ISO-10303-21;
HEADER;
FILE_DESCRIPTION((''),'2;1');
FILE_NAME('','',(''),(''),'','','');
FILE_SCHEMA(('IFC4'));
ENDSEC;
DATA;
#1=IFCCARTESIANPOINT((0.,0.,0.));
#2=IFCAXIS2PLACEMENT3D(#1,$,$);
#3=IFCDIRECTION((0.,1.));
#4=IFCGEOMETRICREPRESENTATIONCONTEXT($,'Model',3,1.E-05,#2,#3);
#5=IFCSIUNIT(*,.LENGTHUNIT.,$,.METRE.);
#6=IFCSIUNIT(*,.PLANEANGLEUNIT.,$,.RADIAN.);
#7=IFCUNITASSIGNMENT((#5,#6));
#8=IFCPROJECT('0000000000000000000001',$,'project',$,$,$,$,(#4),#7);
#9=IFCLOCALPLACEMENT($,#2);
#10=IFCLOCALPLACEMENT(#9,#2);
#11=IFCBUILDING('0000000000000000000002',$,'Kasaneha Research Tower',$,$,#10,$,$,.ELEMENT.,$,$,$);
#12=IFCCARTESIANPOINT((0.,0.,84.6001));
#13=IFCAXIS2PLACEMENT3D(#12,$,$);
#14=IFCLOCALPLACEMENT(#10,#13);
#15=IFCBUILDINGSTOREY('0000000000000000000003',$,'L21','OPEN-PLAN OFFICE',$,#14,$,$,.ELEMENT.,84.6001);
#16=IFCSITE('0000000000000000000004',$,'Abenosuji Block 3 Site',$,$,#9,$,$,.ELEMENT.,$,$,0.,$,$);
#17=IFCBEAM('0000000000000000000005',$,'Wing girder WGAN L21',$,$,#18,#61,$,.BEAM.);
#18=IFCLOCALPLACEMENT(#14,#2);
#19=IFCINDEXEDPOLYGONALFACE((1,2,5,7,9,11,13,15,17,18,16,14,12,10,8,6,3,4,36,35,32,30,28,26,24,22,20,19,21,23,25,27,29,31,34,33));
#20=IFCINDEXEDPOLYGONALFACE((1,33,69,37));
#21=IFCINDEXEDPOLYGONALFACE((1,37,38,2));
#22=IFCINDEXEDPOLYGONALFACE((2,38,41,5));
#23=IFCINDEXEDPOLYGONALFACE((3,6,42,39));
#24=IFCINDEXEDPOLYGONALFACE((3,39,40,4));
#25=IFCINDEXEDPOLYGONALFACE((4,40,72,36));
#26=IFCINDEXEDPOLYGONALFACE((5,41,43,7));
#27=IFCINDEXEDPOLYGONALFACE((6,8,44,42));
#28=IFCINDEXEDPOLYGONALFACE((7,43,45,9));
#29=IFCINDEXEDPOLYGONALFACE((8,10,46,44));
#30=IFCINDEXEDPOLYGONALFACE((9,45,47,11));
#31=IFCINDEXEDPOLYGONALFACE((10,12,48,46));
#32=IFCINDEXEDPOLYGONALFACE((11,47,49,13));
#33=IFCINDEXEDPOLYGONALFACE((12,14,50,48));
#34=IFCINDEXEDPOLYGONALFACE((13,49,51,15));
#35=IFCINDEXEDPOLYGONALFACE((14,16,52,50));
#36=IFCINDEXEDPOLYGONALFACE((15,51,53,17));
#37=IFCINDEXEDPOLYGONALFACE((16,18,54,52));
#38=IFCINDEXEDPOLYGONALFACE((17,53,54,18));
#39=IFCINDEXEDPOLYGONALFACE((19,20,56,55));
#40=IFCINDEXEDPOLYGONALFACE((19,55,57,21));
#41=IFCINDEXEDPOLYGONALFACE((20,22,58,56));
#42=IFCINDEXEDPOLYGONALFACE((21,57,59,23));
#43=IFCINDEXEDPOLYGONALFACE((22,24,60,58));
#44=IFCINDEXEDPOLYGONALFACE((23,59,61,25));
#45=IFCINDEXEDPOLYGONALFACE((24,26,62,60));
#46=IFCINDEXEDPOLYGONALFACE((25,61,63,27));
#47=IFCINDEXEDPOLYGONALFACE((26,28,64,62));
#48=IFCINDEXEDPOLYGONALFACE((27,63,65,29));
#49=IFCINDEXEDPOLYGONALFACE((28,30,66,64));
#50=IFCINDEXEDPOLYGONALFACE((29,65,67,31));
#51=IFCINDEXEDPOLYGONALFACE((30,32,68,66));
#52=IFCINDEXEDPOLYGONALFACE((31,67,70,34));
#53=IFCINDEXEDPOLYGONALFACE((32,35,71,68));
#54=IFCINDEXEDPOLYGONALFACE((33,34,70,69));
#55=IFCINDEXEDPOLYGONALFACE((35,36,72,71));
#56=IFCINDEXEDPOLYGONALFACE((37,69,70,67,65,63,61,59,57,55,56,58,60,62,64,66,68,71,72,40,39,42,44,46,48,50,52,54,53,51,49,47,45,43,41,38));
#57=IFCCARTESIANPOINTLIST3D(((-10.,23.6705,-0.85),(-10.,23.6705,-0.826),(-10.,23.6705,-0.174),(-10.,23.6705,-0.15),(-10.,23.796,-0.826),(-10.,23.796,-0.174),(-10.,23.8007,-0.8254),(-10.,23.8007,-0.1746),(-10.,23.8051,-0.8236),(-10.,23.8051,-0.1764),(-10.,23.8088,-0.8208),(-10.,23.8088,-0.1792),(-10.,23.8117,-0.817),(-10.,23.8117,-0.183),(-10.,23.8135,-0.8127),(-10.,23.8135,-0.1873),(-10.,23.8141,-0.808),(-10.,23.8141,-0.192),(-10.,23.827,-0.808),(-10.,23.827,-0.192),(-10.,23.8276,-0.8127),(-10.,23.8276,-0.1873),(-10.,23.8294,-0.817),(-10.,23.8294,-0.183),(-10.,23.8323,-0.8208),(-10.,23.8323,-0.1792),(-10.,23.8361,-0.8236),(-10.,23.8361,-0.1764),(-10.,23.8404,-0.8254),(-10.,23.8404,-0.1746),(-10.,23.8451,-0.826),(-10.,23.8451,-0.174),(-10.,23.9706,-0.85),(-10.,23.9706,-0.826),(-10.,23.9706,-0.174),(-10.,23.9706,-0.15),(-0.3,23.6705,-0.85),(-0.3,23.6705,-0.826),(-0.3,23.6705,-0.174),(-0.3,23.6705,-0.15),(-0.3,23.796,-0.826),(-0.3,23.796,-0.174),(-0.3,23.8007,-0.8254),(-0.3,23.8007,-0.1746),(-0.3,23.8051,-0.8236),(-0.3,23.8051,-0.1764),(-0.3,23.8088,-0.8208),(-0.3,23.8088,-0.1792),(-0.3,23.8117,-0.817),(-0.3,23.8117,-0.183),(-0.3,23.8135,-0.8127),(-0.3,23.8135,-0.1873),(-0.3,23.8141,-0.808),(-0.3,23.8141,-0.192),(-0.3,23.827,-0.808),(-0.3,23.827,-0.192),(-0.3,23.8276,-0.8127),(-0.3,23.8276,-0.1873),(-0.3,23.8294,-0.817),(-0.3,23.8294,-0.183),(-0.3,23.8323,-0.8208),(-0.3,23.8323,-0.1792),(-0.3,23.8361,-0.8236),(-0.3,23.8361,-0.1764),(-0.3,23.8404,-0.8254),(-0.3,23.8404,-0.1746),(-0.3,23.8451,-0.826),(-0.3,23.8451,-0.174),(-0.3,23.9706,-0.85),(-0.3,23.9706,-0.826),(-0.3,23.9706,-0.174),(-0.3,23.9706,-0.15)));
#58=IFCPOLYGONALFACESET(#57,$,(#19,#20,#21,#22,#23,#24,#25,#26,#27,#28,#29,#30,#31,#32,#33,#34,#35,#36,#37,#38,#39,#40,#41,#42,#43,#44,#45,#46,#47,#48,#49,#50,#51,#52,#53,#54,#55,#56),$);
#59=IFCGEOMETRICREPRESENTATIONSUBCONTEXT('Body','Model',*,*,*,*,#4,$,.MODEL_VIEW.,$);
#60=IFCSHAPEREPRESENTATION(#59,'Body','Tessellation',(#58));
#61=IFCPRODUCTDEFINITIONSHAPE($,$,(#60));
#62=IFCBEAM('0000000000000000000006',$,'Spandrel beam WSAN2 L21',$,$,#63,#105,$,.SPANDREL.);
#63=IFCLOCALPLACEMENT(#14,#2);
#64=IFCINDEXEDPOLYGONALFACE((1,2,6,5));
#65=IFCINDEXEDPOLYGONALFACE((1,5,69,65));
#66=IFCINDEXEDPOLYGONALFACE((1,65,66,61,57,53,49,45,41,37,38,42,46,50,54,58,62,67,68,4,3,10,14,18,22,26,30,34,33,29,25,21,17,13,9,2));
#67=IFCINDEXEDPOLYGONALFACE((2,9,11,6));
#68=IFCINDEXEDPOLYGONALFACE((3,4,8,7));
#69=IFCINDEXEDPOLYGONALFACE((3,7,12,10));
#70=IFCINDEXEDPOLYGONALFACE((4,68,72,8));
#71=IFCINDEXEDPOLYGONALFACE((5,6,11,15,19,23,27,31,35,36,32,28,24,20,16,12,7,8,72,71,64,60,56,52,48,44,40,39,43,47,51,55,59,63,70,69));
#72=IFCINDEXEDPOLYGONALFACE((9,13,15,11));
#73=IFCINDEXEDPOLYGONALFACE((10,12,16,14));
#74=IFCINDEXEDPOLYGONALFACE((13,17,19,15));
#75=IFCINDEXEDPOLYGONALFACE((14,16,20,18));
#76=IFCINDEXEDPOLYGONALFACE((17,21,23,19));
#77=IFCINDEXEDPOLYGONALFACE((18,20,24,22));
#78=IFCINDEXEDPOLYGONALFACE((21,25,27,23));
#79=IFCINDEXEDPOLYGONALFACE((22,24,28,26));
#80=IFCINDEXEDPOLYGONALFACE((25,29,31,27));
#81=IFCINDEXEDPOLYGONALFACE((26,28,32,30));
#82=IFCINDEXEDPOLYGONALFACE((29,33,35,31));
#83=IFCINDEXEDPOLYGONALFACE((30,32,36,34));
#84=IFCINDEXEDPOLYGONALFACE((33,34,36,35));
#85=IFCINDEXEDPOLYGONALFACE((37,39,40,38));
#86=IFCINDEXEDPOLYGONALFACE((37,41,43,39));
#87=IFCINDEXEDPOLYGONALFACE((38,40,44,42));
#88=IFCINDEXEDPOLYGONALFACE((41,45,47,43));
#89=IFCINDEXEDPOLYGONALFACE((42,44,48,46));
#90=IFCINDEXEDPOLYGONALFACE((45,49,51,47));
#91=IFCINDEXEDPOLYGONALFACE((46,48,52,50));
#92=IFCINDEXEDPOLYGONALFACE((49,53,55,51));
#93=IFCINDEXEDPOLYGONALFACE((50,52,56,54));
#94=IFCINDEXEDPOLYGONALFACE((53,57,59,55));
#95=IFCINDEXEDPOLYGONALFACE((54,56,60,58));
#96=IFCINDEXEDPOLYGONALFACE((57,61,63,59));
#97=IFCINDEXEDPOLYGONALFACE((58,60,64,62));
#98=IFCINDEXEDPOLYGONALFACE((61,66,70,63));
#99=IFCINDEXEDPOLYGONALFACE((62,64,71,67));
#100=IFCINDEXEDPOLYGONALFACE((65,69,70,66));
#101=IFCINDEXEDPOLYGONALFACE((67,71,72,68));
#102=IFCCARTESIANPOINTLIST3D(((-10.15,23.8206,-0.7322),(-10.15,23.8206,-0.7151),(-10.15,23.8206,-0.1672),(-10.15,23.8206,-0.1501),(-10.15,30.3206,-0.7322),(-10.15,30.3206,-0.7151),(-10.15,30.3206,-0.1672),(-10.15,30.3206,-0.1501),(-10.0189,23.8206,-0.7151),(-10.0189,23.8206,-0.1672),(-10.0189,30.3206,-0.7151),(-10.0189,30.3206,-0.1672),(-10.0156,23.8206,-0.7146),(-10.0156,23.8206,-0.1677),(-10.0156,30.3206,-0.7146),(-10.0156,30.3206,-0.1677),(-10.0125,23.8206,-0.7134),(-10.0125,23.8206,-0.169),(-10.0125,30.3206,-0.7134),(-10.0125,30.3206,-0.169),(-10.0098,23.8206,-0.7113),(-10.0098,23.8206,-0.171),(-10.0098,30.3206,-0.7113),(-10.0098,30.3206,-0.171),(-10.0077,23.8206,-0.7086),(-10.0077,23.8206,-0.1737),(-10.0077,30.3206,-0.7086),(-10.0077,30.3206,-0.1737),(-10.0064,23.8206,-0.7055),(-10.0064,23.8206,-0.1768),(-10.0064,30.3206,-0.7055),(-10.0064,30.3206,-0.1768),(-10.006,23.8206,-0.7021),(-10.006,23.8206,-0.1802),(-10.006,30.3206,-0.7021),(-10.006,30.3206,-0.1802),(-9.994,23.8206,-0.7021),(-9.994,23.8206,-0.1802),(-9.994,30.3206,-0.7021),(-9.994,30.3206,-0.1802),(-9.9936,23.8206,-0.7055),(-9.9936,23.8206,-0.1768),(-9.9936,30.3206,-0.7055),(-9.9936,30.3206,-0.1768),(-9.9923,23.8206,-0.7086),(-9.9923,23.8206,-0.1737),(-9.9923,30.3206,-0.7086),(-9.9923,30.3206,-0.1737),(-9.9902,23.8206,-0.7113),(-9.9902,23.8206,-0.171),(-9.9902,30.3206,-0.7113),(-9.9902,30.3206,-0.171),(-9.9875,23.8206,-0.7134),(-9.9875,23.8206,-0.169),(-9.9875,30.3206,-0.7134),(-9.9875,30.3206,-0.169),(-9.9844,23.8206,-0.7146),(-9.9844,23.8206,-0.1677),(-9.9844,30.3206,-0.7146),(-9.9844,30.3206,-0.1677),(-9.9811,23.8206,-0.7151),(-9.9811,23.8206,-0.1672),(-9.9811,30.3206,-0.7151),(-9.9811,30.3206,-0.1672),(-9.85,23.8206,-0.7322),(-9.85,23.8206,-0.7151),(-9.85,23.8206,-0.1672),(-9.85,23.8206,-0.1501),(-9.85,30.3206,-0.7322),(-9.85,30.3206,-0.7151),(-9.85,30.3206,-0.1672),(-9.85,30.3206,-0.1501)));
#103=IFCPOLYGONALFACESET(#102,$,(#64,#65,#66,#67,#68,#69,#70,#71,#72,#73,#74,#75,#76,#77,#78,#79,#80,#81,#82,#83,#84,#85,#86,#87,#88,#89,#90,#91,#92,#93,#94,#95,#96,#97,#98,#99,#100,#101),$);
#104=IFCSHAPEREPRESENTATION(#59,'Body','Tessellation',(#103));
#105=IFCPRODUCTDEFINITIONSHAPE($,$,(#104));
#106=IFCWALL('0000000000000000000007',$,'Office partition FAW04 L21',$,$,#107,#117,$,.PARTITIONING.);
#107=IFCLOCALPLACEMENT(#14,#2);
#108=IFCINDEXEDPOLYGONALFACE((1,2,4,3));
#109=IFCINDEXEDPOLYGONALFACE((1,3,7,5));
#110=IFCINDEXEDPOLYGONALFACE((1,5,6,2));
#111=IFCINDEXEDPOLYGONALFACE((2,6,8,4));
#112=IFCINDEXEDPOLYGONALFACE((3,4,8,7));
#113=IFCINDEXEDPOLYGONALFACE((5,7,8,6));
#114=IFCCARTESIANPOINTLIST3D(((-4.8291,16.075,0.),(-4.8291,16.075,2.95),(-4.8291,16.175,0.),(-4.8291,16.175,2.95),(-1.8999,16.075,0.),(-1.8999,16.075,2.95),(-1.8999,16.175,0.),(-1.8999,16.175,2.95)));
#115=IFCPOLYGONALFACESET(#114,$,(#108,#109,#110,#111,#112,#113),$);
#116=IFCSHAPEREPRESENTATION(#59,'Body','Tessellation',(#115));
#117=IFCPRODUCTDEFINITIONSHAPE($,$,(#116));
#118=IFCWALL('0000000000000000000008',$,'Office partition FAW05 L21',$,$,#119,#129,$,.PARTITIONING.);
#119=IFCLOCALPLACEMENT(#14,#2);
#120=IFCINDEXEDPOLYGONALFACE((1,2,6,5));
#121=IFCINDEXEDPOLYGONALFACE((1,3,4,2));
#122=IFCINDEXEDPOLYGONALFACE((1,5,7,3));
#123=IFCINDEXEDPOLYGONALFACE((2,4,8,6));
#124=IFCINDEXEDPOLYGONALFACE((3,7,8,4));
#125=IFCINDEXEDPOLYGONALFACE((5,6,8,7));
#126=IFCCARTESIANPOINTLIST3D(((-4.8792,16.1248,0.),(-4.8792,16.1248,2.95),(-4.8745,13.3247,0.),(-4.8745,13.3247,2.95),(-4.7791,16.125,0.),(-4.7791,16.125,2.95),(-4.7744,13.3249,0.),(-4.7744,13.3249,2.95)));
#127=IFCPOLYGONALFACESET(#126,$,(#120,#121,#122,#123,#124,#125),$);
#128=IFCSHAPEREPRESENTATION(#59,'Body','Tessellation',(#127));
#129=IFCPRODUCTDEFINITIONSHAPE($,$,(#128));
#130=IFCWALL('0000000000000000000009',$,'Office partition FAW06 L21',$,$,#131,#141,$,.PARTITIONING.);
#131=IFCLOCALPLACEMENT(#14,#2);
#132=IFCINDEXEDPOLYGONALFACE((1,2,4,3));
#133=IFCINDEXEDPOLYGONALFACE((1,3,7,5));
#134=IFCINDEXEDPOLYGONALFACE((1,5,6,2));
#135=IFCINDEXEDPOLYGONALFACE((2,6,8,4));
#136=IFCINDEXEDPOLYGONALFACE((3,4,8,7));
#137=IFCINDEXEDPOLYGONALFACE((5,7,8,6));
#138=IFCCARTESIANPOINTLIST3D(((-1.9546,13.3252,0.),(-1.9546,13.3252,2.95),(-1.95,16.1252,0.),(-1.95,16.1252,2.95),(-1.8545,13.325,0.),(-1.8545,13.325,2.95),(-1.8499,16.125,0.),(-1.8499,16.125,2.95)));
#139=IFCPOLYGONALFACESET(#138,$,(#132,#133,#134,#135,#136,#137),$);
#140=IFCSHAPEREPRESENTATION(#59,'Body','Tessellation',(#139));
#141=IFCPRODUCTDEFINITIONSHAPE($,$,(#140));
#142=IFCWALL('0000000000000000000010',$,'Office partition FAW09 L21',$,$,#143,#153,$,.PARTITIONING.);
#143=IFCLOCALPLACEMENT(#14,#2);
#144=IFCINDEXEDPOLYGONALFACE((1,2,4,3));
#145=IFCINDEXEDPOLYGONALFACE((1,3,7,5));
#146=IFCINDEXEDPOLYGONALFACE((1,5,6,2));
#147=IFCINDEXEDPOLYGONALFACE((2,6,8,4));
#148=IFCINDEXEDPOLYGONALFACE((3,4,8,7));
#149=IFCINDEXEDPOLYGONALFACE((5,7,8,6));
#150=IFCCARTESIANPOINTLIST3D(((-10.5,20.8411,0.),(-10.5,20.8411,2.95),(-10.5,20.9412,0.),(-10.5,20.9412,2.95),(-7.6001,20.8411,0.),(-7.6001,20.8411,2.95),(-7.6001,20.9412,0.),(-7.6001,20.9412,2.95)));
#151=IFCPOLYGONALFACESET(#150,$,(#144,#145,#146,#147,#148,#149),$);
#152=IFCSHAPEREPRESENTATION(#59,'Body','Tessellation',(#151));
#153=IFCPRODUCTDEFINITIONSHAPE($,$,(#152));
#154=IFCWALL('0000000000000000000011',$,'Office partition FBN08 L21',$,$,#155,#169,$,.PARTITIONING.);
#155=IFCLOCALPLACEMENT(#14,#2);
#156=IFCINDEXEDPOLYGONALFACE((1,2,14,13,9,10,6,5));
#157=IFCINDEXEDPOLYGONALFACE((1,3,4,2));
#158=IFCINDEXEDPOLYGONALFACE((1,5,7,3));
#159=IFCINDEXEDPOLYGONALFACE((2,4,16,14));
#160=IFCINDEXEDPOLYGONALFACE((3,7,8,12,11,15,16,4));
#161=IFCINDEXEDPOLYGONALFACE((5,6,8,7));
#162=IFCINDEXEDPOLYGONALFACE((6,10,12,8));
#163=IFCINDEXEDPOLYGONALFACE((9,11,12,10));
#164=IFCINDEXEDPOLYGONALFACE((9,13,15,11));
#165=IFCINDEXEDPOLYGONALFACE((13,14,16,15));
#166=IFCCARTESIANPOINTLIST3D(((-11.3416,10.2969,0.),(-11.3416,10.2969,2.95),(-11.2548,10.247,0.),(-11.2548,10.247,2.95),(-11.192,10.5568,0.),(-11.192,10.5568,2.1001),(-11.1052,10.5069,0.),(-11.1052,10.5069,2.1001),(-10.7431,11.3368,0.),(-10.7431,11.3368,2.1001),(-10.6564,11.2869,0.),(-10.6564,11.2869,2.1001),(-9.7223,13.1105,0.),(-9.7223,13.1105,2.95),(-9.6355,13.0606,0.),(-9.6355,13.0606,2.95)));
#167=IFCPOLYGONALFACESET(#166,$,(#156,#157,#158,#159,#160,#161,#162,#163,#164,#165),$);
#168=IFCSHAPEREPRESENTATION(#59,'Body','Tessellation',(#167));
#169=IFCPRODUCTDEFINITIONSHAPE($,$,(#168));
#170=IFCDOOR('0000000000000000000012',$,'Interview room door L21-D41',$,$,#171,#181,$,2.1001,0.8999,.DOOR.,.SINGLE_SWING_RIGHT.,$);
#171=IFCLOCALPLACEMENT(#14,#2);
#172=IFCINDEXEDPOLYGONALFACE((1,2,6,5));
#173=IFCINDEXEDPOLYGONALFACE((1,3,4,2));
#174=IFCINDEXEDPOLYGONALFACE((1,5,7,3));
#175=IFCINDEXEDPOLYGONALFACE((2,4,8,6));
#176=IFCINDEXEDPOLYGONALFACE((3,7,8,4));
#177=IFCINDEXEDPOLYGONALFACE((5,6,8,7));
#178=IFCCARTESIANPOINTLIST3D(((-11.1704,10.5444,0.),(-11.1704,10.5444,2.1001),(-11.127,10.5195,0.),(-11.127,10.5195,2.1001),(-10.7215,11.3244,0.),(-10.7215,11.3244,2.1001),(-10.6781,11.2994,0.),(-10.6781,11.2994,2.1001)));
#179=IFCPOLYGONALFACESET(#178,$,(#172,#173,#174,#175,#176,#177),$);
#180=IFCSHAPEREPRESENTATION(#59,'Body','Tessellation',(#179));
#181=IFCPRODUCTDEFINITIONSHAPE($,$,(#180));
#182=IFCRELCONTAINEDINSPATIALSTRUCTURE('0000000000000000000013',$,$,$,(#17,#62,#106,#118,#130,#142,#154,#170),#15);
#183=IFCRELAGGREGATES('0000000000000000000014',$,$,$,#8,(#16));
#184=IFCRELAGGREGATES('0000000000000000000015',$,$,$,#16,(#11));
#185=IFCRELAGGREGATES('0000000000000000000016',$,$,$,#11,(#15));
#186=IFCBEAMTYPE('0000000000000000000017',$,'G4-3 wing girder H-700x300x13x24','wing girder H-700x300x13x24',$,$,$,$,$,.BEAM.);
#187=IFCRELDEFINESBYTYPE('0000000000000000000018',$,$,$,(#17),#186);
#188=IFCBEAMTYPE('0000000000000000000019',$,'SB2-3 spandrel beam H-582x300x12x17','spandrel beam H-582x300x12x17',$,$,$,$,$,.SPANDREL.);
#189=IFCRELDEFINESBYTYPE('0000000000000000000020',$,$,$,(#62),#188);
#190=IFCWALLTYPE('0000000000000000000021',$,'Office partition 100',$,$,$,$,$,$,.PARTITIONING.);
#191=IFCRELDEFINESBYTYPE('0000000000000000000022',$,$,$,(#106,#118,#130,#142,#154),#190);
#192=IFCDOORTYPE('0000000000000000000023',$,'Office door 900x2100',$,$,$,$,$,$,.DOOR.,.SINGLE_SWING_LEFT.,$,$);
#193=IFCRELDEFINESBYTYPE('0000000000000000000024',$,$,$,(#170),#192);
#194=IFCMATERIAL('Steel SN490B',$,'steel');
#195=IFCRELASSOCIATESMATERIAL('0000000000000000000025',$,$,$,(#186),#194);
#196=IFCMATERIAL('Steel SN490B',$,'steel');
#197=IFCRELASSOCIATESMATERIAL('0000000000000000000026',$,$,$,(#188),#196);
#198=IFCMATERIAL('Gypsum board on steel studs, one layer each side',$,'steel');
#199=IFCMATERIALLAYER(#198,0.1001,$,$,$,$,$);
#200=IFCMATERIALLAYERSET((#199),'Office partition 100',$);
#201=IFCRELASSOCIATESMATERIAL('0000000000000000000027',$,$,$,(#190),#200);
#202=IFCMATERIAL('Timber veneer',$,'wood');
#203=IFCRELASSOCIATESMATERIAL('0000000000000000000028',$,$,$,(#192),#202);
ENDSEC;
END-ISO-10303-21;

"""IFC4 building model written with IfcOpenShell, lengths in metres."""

from ifc_helpers import new_model, si_unit, direction, frame, frame_2d, origin, origin_2d, place, context, subcontext, project, spatial, rectangle, i_section, extrude, material, layer, layer_set, material_profile, profile_set, type_object, element, fill, save


model = new_model("IFC4")

# Units and contexts
model_context = context("Model", 3, precision=1e-05, world=origin(), true_north=direction((0.0, 1.0)))
body_context = subcontext(model_context, "Body", "Model", "MODEL_VIEW")
ifc_project = project(units=[si_unit("LENGTHUNIT", "METRE"), si_unit("PLANEANGLEUNIT", "RADIAN")], contexts=[model_context])

# Site, building, storey
site_placement = place(None, origin())
site = spatial("IfcSite", under=ifc_project, at=site_placement, Name="Abenosuji Block 3 Site", CompositionType="ELEMENT", RefElevation=0.0)
building_placement = place(site_placement, origin())
building = spatial("IfcBuilding", under=site, at=building_placement, Name="Kasaneha Research Tower", CompositionType="ELEMENT")
storey_placement = place(building_placement, frame((0.0, 0.0, 84.6001)))
storey = spatial("IfcBuildingStorey", under=building, at=storey_placement, Name="L21", Description="OPEN-PLAN OFFICE", CompositionType="ELEMENT", Elevation=84.6001)

# Beams
ifc_material_1 = material(Name="Steel SN490B", Category="steel")
ifc_material_profile_1 = material_profile(ifc_material_1, i_section(OverallWidth=0.3, OverallDepth=0.7, WebThickness=0.0129, FlangeThickness=0.0239, FilletRadius=0.0181, at=origin_2d()), Name="H-700x300x13x24")
ifc_profile_set_1 = profile_set([ifc_material_profile_1], Name="Steel SN490B")
beam_type_1 = type_object("IfcBeamType", Name="G4-3 wing girder H-700x300x13x24", Description="wing girder H-700x300x13x24", PredefinedType="BEAM", material=ifc_profile_set_1)
beam_1_placement = place(storey_placement, frame((-10.0, 23.8206, -0.5), z_axis=(1.0, 0.0, 0.0), x_axis=(0.0, 1.0, 0.0)))
element("IfcBeam", 1, at=beam_1_placement, inside=storey, type_object=beam_type_1, Name="Wing girder WGAN L21", PredefinedType="BEAM", context=body_context, shape_type="SweptSolid", body=[
    extrude(i_section(OverallWidth=0.3, OverallDepth=0.7, WebThickness=0.0129, FlangeThickness=0.0239, FilletRadius=0.0181, at=origin_2d()), origin(), (0.0, 0.0, 1.0), 9.7),
])
ifc_material_2 = material(Name="Steel SN490B", Category="steel")
ifc_material_profile_2 = material_profile(ifc_material_2, i_section(OverallWidth=0.3, OverallDepth=0.582, WebThickness=0.012, FlangeThickness=0.0171, FilletRadius=0.0129, at=origin_2d()), Name="H-582x300x12x17")
ifc_profile_set_2 = profile_set([ifc_material_profile_2], Name="Steel SN490B")
beam_type_2 = type_object("IfcBeamType", Name="SB2-3 spandrel beam H-582x300x12x17", Description="spandrel beam H-582x300x12x17", PredefinedType="SPANDREL", material=ifc_profile_set_2)
beam_2_placement = place(storey_placement, frame((-10.0, 23.8206, -0.4412), z_axis=(0.0, 1.0, 0.0), x_axis=(-1.0, 0.0, 0.0)))
element("IfcBeam", 2, at=beam_2_placement, inside=storey, type_object=beam_type_2, Name="Spandrel beam WSAN2 L21", PredefinedType="SPANDREL", context=body_context, shape_type="SweptSolid", body=[
    extrude(i_section(OverallWidth=0.3, OverallDepth=0.582, WebThickness=0.012, FlangeThickness=0.0171, FilletRadius=0.0129, at=origin_2d()), origin(), (0.0, 0.0, 1.0), 6.5),
])

# Walls
ifc_material_3 = material(Name="Gypsum board on steel studs, one layer each side", Category="steel")
ifc_layer_1 = layer(ifc_material_3, 0.1001)
ifc_layer_set_1 = layer_set([ifc_layer_1], Name="Office partition 100")
wall_type_1 = type_object("IfcWallType", Name="Office partition 100", PredefinedType="PARTITIONING", material=ifc_layer_set_1)
wall_1_placement = place(storey_placement, frame((-4.8291, 16.125, 0.0), z_axis=(0.0, 0.0, 1.0), x_axis=(1.0, 0.0, 0.0)))
element("IfcWall", 3, at=wall_1_placement, inside=storey, type_object=wall_type_1, Name="Office partition FAW04 L21", PredefinedType="PARTITIONING", context=body_context, shape_type="SweptSolid", body=[
    extrude(rectangle(XDim=2.9292, YDim=0.1001, at=frame_2d((1.4646, 0.0))), origin(), (0.0, 0.0, 1.0), 2.95),
])
for number, where, z_axis, x_axis, name in (
    (4, (-4.8245, 13.325, 0.0), (0.0, 0.0, 1.0), (-0.001657, 0.999999, 0.0), "Office partition FAW05 L21"),
    (5, (-1.8999, 16.125, 0.0), (0.0, 0.0, 1.0), (-0.001657, -0.999999, 0.0), "Office partition FAW06 L21"),
):
    element("IfcWall", number, at=place(storey_placement, frame(where, z_axis=z_axis, x_axis=x_axis)), inside=storey, type_object=wall_type_1, Name=name, PredefinedType="PARTITIONING", context=body_context, shape_type="SweptSolid", body=[
        extrude(rectangle(XDim=2.8, YDim=0.1001, at=frame_2d((1.3999, 0.0))), origin(), (0.0, 0.0, 1.0), 2.95),
    ])
wall_2_placement = place(storey_placement, frame((-7.6001, 20.8911, 0.0), z_axis=(0.0, 0.0, 1.0), x_axis=(-1.0, 0.0, 0.0)))
element("IfcWall", 6, at=wall_2_placement, inside=storey, type_object=wall_type_1, Name="Office partition FAW09 L21", PredefinedType="PARTITIONING", context=body_context, shape_type="SweptSolid", body=[
    extrude(rectangle(XDim=2.8999, YDim=0.1001, at=frame_2d((1.45, 0.0))), origin(), (0.0, 0.0, 1.0), 2.95),
])

# Wall, opening, door
wall_3_placement = place(storey_placement, frame((-9.679, 13.0854, 0.0), z_axis=(0.0, 0.0, 1.0), x_axis=(-0.498817, -0.866707, 0.0)))
wall_3 = element("IfcWall", 7, at=wall_3_placement, inside=storey, type_object=wall_type_1, Name="Office partition FBN08 L21", PredefinedType="PARTITIONING", context=body_context, shape_type="SweptSolid", body=[
    extrude(rectangle(XDim=3.2463, YDim=0.1001, at=frame_2d((1.623, 0.0))), origin(), (0.0, 0.0, 1.0), 2.95),
])
opening_1_placement = place(wall_3_placement, frame((2.0464, 0.0, 0.0)))
opening_1 = element("IfcOpeningElement", 8, at=opening_1_placement, cuts=wall_3, PredefinedType="OPENING", context=body_context, shape_type="SweptSolid", body=[
    extrude(rectangle(XDim=0.8999, YDim=2.1001, at=frame_2d((0.45, 1.05))), frame((0.0, 0.0601, 0.0), z_axis=(0.0, -1.0, 0.0), x_axis=(1.0, 0.0, 0.0)), (0.0, 0.0, 1.0), 0.1201),
])
ifc_material_4 = material(Name="Timber veneer", Category="wood")
door_type_1 = type_object("IfcDoorType", Name="Office door 900x2100", OperationType="SINGLE_SWING_LEFT", PredefinedType="DOOR", material=ifc_material_4)
door_1_placement = place(opening_1_placement, origin())
door_1 = element("IfcDoor", 9, at=door_1_placement, inside=storey, type_object=door_type_1, Name="Interview room door L21-D41", OperationType="SINGLE_SWING_RIGHT", OverallHeight=2.1001, OverallWidth=0.8999, PredefinedType="DOOR", context=body_context, shape_type="SweptSolid", body=[
    extrude(rectangle(XDim=0.8999, YDim=2.1001, at=frame_2d((0.45, 1.05))), frame((0.0, 0.0249, 0.0), z_axis=(0.0, -1.0, 0.0), x_axis=(1.0, 0.0, 0.0)), (0.0, 0.0, 1.0), 0.05),
])
fill(opening_1, door_1)

save(model, "model.ifc")
